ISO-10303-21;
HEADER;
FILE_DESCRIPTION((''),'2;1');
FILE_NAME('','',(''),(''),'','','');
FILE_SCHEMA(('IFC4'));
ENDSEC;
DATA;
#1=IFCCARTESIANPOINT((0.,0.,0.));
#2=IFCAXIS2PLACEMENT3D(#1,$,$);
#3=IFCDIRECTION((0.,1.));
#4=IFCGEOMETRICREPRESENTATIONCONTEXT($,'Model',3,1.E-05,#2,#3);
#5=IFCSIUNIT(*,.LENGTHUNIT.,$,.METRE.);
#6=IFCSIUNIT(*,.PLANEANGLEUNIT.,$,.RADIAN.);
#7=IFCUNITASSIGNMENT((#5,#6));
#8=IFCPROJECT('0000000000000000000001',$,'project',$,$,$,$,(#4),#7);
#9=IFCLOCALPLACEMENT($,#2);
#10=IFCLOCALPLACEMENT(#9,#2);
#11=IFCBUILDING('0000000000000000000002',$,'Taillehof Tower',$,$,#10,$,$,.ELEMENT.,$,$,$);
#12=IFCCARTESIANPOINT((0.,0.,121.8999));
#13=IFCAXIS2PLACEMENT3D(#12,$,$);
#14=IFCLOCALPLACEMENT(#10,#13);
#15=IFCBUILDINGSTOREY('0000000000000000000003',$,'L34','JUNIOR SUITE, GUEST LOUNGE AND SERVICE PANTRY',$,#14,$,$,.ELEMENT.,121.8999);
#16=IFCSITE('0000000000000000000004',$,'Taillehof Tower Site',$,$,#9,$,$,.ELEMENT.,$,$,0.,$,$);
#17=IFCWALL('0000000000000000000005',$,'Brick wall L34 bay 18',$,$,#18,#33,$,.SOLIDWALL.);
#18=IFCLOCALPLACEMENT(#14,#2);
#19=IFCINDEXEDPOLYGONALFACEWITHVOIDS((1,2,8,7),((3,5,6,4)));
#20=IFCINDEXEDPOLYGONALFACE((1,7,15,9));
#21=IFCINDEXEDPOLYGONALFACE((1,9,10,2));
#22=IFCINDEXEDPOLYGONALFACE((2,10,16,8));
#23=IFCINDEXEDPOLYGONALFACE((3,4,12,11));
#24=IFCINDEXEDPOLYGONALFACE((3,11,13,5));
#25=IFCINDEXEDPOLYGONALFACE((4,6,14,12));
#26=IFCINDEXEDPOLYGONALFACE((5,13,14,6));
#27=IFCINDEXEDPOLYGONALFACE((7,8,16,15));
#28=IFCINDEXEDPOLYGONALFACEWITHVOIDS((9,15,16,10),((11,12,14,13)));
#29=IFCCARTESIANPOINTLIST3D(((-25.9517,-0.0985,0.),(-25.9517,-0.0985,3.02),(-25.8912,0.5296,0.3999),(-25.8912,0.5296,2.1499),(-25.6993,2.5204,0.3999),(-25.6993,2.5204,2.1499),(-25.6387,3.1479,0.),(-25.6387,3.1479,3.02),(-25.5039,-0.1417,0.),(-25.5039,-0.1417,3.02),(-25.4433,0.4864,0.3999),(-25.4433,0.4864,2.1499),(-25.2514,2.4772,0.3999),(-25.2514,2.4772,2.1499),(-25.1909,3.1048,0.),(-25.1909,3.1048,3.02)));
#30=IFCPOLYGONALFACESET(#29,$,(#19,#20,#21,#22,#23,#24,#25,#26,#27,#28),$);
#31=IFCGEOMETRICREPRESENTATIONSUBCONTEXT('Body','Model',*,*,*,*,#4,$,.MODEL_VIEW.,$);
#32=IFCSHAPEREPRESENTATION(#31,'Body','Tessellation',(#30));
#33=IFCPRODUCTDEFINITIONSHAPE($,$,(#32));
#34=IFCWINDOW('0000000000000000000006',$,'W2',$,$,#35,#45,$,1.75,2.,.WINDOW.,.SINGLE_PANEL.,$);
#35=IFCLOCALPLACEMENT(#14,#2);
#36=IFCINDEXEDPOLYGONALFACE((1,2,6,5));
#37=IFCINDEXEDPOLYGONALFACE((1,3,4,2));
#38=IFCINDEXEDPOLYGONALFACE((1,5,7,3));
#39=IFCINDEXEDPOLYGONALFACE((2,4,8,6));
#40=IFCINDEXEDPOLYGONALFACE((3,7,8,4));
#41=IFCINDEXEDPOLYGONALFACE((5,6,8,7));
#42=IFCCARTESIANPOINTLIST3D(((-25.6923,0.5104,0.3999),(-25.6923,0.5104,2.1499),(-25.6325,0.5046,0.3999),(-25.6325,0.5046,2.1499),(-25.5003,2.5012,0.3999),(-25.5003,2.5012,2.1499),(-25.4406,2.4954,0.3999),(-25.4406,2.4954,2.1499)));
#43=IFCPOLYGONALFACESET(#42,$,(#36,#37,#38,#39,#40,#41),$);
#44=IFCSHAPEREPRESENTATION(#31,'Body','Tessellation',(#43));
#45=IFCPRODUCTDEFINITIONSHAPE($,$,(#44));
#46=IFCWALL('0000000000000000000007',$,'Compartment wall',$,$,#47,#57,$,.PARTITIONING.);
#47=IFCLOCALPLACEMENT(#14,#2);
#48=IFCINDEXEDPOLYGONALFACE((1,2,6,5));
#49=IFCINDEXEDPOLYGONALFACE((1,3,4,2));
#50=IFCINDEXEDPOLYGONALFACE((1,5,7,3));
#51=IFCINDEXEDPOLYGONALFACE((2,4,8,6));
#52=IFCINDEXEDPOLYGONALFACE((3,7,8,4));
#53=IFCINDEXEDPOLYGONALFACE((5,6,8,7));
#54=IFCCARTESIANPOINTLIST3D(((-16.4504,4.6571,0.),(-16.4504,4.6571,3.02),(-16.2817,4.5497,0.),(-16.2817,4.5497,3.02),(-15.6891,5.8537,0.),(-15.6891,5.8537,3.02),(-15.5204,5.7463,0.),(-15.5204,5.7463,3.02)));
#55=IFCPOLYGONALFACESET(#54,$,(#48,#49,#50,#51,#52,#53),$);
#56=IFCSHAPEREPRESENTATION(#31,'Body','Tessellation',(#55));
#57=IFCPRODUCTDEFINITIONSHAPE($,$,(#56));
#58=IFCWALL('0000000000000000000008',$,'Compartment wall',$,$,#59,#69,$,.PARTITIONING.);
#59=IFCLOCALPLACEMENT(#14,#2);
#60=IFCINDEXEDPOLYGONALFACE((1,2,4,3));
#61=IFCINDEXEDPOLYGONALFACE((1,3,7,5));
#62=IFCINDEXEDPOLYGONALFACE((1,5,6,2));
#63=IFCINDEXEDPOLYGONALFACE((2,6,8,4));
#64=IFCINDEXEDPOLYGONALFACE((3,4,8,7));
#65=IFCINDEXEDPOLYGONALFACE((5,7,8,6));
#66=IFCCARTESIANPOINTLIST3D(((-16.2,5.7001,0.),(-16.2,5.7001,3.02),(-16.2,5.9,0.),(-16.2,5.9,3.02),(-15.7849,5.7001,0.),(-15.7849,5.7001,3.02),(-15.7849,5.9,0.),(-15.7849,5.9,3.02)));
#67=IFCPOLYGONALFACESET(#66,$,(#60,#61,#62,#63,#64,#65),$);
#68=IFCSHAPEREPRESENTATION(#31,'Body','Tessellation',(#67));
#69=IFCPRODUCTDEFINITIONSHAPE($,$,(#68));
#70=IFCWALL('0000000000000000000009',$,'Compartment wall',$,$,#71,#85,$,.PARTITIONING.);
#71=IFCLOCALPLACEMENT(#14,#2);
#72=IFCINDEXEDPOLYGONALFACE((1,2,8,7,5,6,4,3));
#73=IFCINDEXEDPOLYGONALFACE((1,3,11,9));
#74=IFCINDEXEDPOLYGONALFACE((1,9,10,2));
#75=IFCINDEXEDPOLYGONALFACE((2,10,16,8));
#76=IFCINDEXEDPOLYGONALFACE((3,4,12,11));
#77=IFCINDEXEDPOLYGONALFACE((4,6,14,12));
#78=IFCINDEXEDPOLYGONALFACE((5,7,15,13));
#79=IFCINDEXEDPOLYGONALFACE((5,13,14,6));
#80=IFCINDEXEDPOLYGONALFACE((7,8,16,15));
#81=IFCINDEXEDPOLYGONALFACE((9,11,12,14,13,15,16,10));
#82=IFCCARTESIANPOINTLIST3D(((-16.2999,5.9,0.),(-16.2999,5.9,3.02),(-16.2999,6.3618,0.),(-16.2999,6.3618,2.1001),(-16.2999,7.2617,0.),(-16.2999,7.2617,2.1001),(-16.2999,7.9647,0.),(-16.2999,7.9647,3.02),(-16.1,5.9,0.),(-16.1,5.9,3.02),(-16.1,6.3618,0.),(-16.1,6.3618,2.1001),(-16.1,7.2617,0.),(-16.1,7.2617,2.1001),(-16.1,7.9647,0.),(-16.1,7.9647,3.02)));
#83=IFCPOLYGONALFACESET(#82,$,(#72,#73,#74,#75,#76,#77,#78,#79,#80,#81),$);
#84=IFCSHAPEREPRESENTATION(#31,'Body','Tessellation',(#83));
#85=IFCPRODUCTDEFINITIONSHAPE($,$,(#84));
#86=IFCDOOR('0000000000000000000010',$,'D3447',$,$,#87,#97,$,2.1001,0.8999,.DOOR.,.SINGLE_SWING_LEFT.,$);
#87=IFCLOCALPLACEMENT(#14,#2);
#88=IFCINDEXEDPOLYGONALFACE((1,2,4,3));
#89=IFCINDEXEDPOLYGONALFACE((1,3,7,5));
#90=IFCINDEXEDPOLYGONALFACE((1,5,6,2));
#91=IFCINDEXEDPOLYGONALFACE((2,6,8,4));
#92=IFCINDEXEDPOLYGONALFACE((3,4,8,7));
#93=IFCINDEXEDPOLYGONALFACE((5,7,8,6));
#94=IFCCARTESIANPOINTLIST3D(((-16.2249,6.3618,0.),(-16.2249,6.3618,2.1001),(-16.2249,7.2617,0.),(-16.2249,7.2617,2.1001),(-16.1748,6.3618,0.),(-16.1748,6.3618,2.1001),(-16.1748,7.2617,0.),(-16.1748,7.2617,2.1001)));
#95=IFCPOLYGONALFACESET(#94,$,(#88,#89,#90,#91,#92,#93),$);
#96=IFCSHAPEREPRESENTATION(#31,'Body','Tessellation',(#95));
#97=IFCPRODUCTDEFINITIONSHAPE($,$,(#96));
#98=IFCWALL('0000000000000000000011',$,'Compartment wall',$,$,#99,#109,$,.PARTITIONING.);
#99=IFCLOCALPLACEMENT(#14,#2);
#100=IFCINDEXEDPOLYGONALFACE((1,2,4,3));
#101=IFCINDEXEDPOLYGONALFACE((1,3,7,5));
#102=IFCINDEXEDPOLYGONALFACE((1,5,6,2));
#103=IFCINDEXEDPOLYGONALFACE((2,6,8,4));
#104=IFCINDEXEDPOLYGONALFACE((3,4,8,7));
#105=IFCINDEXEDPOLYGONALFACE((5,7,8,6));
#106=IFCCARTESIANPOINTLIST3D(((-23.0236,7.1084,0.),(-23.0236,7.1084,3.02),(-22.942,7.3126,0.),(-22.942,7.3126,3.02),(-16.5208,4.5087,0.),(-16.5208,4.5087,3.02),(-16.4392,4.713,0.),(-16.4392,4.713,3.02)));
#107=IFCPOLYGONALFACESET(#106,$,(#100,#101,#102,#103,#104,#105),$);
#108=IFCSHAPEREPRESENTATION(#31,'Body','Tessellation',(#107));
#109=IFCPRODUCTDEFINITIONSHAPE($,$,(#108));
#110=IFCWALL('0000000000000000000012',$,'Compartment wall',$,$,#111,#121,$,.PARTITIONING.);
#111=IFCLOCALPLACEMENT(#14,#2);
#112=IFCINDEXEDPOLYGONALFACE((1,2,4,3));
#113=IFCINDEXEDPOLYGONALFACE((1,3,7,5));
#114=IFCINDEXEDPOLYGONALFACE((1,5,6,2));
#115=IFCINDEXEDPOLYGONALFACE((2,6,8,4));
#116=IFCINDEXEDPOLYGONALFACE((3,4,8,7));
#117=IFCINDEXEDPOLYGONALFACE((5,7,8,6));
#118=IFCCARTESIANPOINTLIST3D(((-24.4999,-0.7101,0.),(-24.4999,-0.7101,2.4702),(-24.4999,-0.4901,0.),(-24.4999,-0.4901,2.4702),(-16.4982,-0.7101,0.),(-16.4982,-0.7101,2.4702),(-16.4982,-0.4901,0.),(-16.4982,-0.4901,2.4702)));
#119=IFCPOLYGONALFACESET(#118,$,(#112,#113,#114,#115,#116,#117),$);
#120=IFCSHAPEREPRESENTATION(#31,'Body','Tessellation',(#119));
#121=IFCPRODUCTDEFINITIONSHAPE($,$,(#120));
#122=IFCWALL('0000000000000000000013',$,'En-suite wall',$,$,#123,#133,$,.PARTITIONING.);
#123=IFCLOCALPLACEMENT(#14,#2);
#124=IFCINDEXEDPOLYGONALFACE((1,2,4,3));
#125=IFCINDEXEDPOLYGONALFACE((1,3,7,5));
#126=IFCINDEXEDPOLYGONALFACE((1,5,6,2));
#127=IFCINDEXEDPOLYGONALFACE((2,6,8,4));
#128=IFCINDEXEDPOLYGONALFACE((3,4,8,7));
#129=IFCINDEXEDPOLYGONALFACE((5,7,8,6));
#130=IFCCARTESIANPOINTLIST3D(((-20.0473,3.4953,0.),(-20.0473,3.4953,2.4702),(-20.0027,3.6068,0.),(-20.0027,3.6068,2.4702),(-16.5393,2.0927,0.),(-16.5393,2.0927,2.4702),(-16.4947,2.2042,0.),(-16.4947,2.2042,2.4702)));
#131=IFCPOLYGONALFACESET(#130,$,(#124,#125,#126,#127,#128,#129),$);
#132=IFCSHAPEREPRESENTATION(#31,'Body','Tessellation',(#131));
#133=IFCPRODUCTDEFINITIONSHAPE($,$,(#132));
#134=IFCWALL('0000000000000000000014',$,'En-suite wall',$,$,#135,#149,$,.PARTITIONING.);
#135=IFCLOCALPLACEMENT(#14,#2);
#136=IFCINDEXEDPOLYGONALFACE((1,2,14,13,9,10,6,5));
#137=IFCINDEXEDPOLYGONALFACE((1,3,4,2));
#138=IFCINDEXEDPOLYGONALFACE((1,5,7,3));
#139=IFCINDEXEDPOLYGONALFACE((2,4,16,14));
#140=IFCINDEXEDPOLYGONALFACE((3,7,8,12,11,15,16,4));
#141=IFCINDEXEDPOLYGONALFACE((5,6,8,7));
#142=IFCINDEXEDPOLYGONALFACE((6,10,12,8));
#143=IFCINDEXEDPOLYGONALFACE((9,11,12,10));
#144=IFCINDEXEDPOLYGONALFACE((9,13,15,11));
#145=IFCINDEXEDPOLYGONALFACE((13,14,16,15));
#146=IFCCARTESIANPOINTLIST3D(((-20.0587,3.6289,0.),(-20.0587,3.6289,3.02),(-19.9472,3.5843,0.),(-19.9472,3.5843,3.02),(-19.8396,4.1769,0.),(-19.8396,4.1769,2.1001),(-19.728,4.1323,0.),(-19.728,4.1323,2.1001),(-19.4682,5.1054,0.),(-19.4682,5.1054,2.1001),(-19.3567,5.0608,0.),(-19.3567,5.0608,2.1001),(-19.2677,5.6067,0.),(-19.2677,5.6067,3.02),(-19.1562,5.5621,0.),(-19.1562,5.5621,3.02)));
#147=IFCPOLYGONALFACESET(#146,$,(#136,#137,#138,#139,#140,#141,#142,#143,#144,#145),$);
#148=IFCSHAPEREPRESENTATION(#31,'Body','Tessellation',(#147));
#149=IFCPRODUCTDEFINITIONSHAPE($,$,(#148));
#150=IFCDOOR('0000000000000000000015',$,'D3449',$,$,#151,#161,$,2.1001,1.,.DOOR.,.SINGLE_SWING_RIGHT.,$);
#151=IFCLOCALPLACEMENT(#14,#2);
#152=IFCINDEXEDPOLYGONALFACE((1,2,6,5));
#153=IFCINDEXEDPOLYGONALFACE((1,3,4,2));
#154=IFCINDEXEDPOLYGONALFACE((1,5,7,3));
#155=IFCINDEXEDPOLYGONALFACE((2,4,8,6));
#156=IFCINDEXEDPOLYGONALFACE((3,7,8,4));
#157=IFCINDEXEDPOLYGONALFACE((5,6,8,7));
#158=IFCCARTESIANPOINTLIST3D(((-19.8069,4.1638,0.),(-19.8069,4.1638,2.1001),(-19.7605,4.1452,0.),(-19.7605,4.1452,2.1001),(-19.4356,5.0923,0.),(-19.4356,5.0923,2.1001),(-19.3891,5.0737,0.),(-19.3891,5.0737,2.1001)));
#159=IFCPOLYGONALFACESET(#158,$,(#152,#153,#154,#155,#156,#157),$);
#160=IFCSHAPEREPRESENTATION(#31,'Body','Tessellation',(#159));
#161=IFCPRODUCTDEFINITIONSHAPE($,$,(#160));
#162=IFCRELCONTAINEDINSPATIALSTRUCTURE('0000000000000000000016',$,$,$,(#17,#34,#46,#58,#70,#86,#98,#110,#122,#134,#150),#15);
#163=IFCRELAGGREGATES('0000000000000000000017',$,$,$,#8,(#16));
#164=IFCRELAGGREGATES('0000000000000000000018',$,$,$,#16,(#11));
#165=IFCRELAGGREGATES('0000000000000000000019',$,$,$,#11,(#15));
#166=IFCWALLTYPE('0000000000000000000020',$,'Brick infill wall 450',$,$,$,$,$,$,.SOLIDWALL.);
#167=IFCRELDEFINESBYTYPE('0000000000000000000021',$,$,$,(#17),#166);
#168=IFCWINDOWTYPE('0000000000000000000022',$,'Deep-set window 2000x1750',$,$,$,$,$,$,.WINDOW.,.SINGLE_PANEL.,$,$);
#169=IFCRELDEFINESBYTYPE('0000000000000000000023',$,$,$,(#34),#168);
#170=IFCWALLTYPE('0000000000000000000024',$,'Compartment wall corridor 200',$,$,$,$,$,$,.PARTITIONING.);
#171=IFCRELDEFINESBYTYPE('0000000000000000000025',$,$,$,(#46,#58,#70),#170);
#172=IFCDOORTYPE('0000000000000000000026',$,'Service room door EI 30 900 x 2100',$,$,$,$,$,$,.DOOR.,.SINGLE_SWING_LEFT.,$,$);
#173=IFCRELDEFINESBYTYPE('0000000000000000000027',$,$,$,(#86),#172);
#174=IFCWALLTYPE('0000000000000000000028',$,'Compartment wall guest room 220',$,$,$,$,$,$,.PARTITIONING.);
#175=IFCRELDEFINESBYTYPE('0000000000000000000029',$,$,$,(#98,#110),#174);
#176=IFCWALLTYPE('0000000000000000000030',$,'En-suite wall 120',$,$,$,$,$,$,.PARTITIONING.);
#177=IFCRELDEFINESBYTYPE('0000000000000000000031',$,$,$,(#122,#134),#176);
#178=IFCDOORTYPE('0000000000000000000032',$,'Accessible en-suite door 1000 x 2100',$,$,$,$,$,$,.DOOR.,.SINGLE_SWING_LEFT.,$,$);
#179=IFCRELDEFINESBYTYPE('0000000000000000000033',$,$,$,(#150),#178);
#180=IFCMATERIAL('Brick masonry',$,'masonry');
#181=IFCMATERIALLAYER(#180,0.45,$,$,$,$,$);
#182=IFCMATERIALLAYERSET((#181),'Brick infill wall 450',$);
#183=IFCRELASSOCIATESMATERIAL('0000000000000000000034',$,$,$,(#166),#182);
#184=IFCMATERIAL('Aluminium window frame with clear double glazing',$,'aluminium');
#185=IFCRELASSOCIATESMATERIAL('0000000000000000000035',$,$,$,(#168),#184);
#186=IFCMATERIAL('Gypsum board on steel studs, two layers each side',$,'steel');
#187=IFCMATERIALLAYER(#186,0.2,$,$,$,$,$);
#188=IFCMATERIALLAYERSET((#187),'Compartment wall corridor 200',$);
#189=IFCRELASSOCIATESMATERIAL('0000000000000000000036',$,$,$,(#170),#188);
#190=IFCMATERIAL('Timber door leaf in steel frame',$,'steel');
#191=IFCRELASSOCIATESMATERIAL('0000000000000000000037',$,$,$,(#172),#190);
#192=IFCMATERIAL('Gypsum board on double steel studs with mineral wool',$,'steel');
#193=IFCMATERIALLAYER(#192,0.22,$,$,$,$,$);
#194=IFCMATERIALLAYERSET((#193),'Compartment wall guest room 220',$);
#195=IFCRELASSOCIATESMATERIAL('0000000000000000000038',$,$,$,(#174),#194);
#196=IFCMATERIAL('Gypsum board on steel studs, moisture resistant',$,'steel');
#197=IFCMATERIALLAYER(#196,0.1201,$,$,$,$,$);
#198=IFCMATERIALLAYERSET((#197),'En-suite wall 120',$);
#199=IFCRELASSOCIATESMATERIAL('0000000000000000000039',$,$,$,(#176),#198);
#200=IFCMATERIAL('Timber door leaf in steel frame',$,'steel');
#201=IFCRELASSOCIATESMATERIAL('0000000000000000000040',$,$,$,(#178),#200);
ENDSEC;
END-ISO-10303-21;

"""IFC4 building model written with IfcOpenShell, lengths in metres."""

from ifc_helpers import new_model, si_unit, direction, frame, frame_2d, origin, place, context, subcontext, project, spatial, rectangle, extrude, material, layer, layer_set, type_object, element, fill, save


model = new_model("IFC4")

# Units and contexts
model_context = context("Model", 3, precision=1e-05, world=origin(), true_north=direction((0.0, 1.0)))
body_context = subcontext(model_context, "Body", "Model", "MODEL_VIEW")
ifc_project = project(units=[si_unit("LENGTHUNIT", "METRE"), si_unit("PLANEANGLEUNIT", "RADIAN")], contexts=[model_context])

# Site, building, storey
site_placement = place(None, origin())
site = spatial("IfcSite", under=ifc_project, at=site_placement, Name="Taillehof Tower Site", CompositionType="ELEMENT", RefElevation=0.0)
building_placement = place(site_placement, origin())
building = spatial("IfcBuilding", under=site, at=building_placement, Name="Taillehof Tower", CompositionType="ELEMENT")
storey_placement = place(building_placement, frame((0.0, 0.0, 121.8999)))
storey = spatial("IfcBuildingStorey", under=building, at=storey_placement, Name="L34", Description="JUNIOR SUITE, GUEST LOUNGE AND SERVICE PANTRY", CompositionType="ELEMENT", Elevation=121.8999)

# Wall, opening, window
ifc_material_1 = material(Name="Brick masonry", Category="masonry")
ifc_layer_1 = layer(ifc_material_1, 0.45)
ifc_layer_set_1 = layer_set([ifc_layer_1], Name="Brick infill wall 450")
wall_type_1 = type_object("IfcWallType", Name="Brick infill wall 450", PredefinedType="SOLIDWALL", material=ifc_layer_set_1)
ifc_material_2 = material(Name="Aluminium window frame with clear double glazing", Category="aluminium")
window_type = type_object("IfcWindowType", Name="Deep-set window 2000x1750", PartitioningType="SINGLE_PANEL", PredefinedType="WINDOW", material=ifc_material_2)
wall_1_placement = place(storey_placement, frame((-25.4148, 3.1265, 0.0), z_axis=(0.0, 0.0, 1.0), x_axis=(-0.095968, -0.995384, 0.0)))
wall_1 = element("IfcWall", 1, at=wall_1_placement, inside=storey, type_object=wall_type_1, Name="Brick wall L34 bay 18", PredefinedType="SOLIDWALL", context=body_context, shape_type="SweptSolid", body=[
    extrude(rectangle(XDim=3.2615, YDim=0.45, at=frame_2d((1.6309, 0.0))), origin(), (0.0, 0.0, 1.0), 3.02),
])
opening_1_placement = place(wall_1_placement, frame((0.6306, 0.0, 0.3999)))
opening_1 = element("IfcOpeningElement", 2, at=opening_1_placement, cuts=wall_1, PredefinedType="OPENING", context=body_context, shape_type="SweptSolid", body=[
    extrude(rectangle(XDim=2.0, YDim=1.75, at=frame_2d((1.0, 0.875))), frame((0.0, 0.2349, 0.0), z_axis=(0.0, -1.0, 0.0), x_axis=(1.0, 0.0, 0.0)), (0.0, 0.0, 1.0), 0.47),
])
window_1_placement = place(opening_1_placement, origin())
window_1 = element("IfcWindow", 3, at=window_1_placement, inside=storey, type_object=window_type, Name="W2", OverallHeight=1.75, OverallWidth=2.0, PartitioningType="SINGLE_PANEL", PredefinedType="WINDOW", context=body_context, shape_type="SweptSolid", body=[
    extrude(rectangle(XDim=2.0, YDim=1.75, at=frame_2d((1.0, 0.875))), frame((0.0, 0.0349, 0.0), z_axis=(0.0, -1.0, 0.0), x_axis=(1.0, 0.0, 0.0)), (0.0, 0.0, 1.0), 0.0601),
])
fill(opening_1, window_1)

# Walls
ifc_material_3 = material(Name="Gypsum board on steel studs, two layers each side", Category="steel")
ifc_layer_2 = layer(ifc_material_3, 0.2)
ifc_layer_set_2 = layer_set([ifc_layer_2], Name="Compartment wall corridor 200")
wall_type_2 = type_object("IfcWallType", Name="Compartment wall corridor 200", PredefinedType="PARTITIONING", material=ifc_layer_set_2)
wall_2_placement = place(storey_placement, frame((-16.366, 4.6035, 0.0), z_axis=(0.0, 0.0, 1.0), x_axis=(0.536775, 0.843725, 0.0)))
element("IfcWall", 4, at=wall_2_placement, inside=storey, type_object=wall_type_2, Name="Compartment wall", PredefinedType="PARTITIONING", context=body_context, shape_type="SweptSolid", body=[
    extrude(rectangle(XDim=1.4182, YDim=0.2, at=frame_2d((0.709, 0.0))), origin(), (0.0, 0.0, 1.0), 3.02),
])
wall_3_placement = place(storey_placement, frame((-15.7849, 5.8, 0.0), z_axis=(0.0, 0.0, 1.0), x_axis=(-1.0, 0.0, 0.0)))
element("IfcWall", 5, at=wall_3_placement, inside=storey, type_object=wall_type_2, Name="Compartment wall", PredefinedType="PARTITIONING", context=body_context, shape_type="SweptSolid", body=[
    extrude(rectangle(XDim=0.415, YDim=0.2, at=frame_2d((0.2075, 0.0))), origin(), (0.0, 0.0, 1.0), 3.02),
])

# Wall, opening, door
wall_4_placement = place(storey_placement, frame((-16.2, 5.9001, 0.0), z_axis=(0.0, 0.0, 1.0), x_axis=(0.0, 1.0, 0.0)))
wall_4 = element("IfcWall", 6, at=wall_4_placement, inside=storey, type_object=wall_type_2, Name="Compartment wall", PredefinedType="PARTITIONING", context=body_context, shape_type="SweptSolid", body=[
    extrude(rectangle(XDim=2.0647, YDim=0.2, at=frame_2d((1.0322, 0.0))), origin(), (0.0, 0.0, 1.0), 3.02),
])
opening_2_placement = place(wall_4_placement, frame((0.4617, 0.0, 0.0)))
opening_2 = element("IfcOpeningElement", 7, at=opening_2_placement, cuts=wall_4, PredefinedType="OPENING", context=body_context, shape_type="SweptSolid", body=[
    extrude(rectangle(XDim=0.8999, YDim=2.1001, at=frame_2d((0.45, 1.05))), frame((0.0, 0.1099, 0.0), z_axis=(0.0, -1.0, 0.0), x_axis=(1.0, 0.0, 0.0)), (0.0, 0.0, 1.0), 0.22),
])
ifc_material_4 = material(Name="Timber door leaf in steel frame", Category="steel")
door_type_1 = type_object("IfcDoorType", Name="Service room door EI 30 900 x 2100", OperationType="SINGLE_SWING_LEFT", PredefinedType="DOOR", material=ifc_material_4)
door_1_placement = place(opening_2_placement, origin())
door_1 = element("IfcDoor", 8, at=door_1_placement, inside=storey, type_object=door_type_1, Name="D3447", OperationType="SINGLE_SWING_LEFT", OverallHeight=2.1001, OverallWidth=0.8999, PredefinedType="DOOR", context=body_context, shape_type="SweptSolid", body=[
    extrude(rectangle(XDim=0.8999, YDim=2.1001, at=frame_2d((0.45, 1.05))), frame((0.0, 0.0249, 0.0), z_axis=(0.0, -1.0, 0.0), x_axis=(1.0, 0.0, 0.0)), (0.0, 0.0, 1.0), 0.05),
])
fill(opening_2, door_1)

# Walls
ifc_material_5 = material(Name="Gypsum board on double steel studs with mineral wool", Category="steel")
ifc_layer_3 = layer(ifc_material_5, 0.22)
ifc_layer_set_3 = layer_set([ifc_layer_3], Name="Compartment wall guest room 220")
wall_type_3 = type_object("IfcWallType", Name="Compartment wall guest room 220", PredefinedType="PARTITIONING", material=ifc_layer_set_3)
wall_5_placement = place(storey_placement, frame((-22.9827, 7.2104, 0.0), z_axis=(0.0, 0.0, 1.0), x_axis=(0.928549, -0.37121, 0.0)))
element("IfcWall", 9, at=wall_5_placement, inside=storey, type_object=wall_type_3, Name="Compartment wall", PredefinedType="PARTITIONING", context=body_context, shape_type="SweptSolid", body=[
    extrude(rectangle(XDim=7.0032, YDim=0.22, at=frame_2d((3.5015, 0.0))), origin(), (0.0, 0.0, 1.0), 3.02),
])
wall_6_placement = place(storey_placement, frame((-24.5, -0.6001, 0.0), z_axis=(0.0, 0.0, 1.0), x_axis=(1.0, 0.0, 0.0)))
element("IfcWall", 10, at=wall_6_placement, inside=storey, type_object=wall_type_3, Name="Compartment wall", PredefinedType="PARTITIONING", context=body_context, shape_type="SweptSolid", body=[
    extrude(rectangle(XDim=8.0017, YDim=0.22, at=frame_2d((4.001, 0.0))), origin(), (0.0, 0.0, 1.0), 2.4702),
])
ifc_material_6 = material(Name="Gypsum board on steel studs, moisture resistant", Category="steel")
ifc_layer_4 = layer(ifc_material_6, 0.1201)
ifc_layer_set_4 = layer_set([ifc_layer_4], Name="En-suite wall 120")
wall_type_4 = type_object("IfcWallType", Name="En-suite wall 120", PredefinedType="PARTITIONING", material=ifc_layer_set_4)
wall_7_placement = place(storey_placement, frame((-16.5168, 2.1484, 0.0), z_axis=(0.0, 0.0, 1.0), x_axis=(-0.928535, 0.371246, 0.0)))
element("IfcWall", 11, at=wall_7_placement, inside=storey, type_object=wall_type_4, Name="En-suite wall", PredefinedType="PARTITIONING", context=body_context, shape_type="SweptSolid", body=[
    extrude(rectangle(XDim=3.7781, YDim=0.1201, at=frame_2d((1.8892, 0.0))), origin(), (0.0, 0.0, 1.0), 2.4702),
])

# Wall, opening, door
wall_8_placement = place(storey_placement, frame((-20.0029, 3.6067, 0.0), z_axis=(0.0, 0.0, 1.0), x_axis=(0.371351, 0.928492, 0.0)))
wall_8 = element("IfcWall", 12, at=wall_8_placement, inside=storey, type_object=wall_type_4, Name="En-suite wall", PredefinedType="PARTITIONING", context=body_context, shape_type="SweptSolid", body=[
    extrude(rectangle(XDim=2.1301, YDim=0.1201, at=frame_2d((1.0649, 0.0))), origin(), (0.0, 0.0, 1.0), 3.02),
])
opening_3_placement = place(wall_8_placement, frame((0.5901, 0.0, 0.0)))
opening_3 = element("IfcOpeningElement", 13, at=opening_3_placement, cuts=wall_8, PredefinedType="OPENING", context=body_context, shape_type="SweptSolid", body=[
    extrude(rectangle(XDim=1.0, YDim=2.1001, at=frame_2d((0.5, 1.05))), frame((0.0, 0.0701, 0.0), z_axis=(0.0, -1.0, 0.0), x_axis=(1.0, 0.0, 0.0)), (0.0, 0.0, 1.0), 0.1401),
])
ifc_material_7 = material(Name="Timber door leaf in steel frame", Category="steel")
door_type_2 = type_object("IfcDoorType", Name="Accessible en-suite door 1000 x 2100", OperationType="SINGLE_SWING_LEFT", PredefinedType="DOOR", material=ifc_material_7)
door_2_placement = place(opening_3_placement, origin())
door_2 = element("IfcDoor", 14, at=door_2_placement, inside=storey, type_object=door_type_2, Name="D3449", OperationType="SINGLE_SWING_RIGHT", OverallHeight=2.1001, OverallWidth=1.0, PredefinedType="DOOR", context=body_context, shape_type="SweptSolid", body=[
    extrude(rectangle(XDim=1.0, YDim=2.1001, at=frame_2d((0.5, 1.05))), frame((0.0, 0.0249, 0.0), z_axis=(0.0, -1.0, 0.0), x_axis=(1.0, 0.0, 0.0)), (0.0, 0.0, 1.0), 0.05),
])
fill(opening_3, door_2)

save(model, "model.ifc")
